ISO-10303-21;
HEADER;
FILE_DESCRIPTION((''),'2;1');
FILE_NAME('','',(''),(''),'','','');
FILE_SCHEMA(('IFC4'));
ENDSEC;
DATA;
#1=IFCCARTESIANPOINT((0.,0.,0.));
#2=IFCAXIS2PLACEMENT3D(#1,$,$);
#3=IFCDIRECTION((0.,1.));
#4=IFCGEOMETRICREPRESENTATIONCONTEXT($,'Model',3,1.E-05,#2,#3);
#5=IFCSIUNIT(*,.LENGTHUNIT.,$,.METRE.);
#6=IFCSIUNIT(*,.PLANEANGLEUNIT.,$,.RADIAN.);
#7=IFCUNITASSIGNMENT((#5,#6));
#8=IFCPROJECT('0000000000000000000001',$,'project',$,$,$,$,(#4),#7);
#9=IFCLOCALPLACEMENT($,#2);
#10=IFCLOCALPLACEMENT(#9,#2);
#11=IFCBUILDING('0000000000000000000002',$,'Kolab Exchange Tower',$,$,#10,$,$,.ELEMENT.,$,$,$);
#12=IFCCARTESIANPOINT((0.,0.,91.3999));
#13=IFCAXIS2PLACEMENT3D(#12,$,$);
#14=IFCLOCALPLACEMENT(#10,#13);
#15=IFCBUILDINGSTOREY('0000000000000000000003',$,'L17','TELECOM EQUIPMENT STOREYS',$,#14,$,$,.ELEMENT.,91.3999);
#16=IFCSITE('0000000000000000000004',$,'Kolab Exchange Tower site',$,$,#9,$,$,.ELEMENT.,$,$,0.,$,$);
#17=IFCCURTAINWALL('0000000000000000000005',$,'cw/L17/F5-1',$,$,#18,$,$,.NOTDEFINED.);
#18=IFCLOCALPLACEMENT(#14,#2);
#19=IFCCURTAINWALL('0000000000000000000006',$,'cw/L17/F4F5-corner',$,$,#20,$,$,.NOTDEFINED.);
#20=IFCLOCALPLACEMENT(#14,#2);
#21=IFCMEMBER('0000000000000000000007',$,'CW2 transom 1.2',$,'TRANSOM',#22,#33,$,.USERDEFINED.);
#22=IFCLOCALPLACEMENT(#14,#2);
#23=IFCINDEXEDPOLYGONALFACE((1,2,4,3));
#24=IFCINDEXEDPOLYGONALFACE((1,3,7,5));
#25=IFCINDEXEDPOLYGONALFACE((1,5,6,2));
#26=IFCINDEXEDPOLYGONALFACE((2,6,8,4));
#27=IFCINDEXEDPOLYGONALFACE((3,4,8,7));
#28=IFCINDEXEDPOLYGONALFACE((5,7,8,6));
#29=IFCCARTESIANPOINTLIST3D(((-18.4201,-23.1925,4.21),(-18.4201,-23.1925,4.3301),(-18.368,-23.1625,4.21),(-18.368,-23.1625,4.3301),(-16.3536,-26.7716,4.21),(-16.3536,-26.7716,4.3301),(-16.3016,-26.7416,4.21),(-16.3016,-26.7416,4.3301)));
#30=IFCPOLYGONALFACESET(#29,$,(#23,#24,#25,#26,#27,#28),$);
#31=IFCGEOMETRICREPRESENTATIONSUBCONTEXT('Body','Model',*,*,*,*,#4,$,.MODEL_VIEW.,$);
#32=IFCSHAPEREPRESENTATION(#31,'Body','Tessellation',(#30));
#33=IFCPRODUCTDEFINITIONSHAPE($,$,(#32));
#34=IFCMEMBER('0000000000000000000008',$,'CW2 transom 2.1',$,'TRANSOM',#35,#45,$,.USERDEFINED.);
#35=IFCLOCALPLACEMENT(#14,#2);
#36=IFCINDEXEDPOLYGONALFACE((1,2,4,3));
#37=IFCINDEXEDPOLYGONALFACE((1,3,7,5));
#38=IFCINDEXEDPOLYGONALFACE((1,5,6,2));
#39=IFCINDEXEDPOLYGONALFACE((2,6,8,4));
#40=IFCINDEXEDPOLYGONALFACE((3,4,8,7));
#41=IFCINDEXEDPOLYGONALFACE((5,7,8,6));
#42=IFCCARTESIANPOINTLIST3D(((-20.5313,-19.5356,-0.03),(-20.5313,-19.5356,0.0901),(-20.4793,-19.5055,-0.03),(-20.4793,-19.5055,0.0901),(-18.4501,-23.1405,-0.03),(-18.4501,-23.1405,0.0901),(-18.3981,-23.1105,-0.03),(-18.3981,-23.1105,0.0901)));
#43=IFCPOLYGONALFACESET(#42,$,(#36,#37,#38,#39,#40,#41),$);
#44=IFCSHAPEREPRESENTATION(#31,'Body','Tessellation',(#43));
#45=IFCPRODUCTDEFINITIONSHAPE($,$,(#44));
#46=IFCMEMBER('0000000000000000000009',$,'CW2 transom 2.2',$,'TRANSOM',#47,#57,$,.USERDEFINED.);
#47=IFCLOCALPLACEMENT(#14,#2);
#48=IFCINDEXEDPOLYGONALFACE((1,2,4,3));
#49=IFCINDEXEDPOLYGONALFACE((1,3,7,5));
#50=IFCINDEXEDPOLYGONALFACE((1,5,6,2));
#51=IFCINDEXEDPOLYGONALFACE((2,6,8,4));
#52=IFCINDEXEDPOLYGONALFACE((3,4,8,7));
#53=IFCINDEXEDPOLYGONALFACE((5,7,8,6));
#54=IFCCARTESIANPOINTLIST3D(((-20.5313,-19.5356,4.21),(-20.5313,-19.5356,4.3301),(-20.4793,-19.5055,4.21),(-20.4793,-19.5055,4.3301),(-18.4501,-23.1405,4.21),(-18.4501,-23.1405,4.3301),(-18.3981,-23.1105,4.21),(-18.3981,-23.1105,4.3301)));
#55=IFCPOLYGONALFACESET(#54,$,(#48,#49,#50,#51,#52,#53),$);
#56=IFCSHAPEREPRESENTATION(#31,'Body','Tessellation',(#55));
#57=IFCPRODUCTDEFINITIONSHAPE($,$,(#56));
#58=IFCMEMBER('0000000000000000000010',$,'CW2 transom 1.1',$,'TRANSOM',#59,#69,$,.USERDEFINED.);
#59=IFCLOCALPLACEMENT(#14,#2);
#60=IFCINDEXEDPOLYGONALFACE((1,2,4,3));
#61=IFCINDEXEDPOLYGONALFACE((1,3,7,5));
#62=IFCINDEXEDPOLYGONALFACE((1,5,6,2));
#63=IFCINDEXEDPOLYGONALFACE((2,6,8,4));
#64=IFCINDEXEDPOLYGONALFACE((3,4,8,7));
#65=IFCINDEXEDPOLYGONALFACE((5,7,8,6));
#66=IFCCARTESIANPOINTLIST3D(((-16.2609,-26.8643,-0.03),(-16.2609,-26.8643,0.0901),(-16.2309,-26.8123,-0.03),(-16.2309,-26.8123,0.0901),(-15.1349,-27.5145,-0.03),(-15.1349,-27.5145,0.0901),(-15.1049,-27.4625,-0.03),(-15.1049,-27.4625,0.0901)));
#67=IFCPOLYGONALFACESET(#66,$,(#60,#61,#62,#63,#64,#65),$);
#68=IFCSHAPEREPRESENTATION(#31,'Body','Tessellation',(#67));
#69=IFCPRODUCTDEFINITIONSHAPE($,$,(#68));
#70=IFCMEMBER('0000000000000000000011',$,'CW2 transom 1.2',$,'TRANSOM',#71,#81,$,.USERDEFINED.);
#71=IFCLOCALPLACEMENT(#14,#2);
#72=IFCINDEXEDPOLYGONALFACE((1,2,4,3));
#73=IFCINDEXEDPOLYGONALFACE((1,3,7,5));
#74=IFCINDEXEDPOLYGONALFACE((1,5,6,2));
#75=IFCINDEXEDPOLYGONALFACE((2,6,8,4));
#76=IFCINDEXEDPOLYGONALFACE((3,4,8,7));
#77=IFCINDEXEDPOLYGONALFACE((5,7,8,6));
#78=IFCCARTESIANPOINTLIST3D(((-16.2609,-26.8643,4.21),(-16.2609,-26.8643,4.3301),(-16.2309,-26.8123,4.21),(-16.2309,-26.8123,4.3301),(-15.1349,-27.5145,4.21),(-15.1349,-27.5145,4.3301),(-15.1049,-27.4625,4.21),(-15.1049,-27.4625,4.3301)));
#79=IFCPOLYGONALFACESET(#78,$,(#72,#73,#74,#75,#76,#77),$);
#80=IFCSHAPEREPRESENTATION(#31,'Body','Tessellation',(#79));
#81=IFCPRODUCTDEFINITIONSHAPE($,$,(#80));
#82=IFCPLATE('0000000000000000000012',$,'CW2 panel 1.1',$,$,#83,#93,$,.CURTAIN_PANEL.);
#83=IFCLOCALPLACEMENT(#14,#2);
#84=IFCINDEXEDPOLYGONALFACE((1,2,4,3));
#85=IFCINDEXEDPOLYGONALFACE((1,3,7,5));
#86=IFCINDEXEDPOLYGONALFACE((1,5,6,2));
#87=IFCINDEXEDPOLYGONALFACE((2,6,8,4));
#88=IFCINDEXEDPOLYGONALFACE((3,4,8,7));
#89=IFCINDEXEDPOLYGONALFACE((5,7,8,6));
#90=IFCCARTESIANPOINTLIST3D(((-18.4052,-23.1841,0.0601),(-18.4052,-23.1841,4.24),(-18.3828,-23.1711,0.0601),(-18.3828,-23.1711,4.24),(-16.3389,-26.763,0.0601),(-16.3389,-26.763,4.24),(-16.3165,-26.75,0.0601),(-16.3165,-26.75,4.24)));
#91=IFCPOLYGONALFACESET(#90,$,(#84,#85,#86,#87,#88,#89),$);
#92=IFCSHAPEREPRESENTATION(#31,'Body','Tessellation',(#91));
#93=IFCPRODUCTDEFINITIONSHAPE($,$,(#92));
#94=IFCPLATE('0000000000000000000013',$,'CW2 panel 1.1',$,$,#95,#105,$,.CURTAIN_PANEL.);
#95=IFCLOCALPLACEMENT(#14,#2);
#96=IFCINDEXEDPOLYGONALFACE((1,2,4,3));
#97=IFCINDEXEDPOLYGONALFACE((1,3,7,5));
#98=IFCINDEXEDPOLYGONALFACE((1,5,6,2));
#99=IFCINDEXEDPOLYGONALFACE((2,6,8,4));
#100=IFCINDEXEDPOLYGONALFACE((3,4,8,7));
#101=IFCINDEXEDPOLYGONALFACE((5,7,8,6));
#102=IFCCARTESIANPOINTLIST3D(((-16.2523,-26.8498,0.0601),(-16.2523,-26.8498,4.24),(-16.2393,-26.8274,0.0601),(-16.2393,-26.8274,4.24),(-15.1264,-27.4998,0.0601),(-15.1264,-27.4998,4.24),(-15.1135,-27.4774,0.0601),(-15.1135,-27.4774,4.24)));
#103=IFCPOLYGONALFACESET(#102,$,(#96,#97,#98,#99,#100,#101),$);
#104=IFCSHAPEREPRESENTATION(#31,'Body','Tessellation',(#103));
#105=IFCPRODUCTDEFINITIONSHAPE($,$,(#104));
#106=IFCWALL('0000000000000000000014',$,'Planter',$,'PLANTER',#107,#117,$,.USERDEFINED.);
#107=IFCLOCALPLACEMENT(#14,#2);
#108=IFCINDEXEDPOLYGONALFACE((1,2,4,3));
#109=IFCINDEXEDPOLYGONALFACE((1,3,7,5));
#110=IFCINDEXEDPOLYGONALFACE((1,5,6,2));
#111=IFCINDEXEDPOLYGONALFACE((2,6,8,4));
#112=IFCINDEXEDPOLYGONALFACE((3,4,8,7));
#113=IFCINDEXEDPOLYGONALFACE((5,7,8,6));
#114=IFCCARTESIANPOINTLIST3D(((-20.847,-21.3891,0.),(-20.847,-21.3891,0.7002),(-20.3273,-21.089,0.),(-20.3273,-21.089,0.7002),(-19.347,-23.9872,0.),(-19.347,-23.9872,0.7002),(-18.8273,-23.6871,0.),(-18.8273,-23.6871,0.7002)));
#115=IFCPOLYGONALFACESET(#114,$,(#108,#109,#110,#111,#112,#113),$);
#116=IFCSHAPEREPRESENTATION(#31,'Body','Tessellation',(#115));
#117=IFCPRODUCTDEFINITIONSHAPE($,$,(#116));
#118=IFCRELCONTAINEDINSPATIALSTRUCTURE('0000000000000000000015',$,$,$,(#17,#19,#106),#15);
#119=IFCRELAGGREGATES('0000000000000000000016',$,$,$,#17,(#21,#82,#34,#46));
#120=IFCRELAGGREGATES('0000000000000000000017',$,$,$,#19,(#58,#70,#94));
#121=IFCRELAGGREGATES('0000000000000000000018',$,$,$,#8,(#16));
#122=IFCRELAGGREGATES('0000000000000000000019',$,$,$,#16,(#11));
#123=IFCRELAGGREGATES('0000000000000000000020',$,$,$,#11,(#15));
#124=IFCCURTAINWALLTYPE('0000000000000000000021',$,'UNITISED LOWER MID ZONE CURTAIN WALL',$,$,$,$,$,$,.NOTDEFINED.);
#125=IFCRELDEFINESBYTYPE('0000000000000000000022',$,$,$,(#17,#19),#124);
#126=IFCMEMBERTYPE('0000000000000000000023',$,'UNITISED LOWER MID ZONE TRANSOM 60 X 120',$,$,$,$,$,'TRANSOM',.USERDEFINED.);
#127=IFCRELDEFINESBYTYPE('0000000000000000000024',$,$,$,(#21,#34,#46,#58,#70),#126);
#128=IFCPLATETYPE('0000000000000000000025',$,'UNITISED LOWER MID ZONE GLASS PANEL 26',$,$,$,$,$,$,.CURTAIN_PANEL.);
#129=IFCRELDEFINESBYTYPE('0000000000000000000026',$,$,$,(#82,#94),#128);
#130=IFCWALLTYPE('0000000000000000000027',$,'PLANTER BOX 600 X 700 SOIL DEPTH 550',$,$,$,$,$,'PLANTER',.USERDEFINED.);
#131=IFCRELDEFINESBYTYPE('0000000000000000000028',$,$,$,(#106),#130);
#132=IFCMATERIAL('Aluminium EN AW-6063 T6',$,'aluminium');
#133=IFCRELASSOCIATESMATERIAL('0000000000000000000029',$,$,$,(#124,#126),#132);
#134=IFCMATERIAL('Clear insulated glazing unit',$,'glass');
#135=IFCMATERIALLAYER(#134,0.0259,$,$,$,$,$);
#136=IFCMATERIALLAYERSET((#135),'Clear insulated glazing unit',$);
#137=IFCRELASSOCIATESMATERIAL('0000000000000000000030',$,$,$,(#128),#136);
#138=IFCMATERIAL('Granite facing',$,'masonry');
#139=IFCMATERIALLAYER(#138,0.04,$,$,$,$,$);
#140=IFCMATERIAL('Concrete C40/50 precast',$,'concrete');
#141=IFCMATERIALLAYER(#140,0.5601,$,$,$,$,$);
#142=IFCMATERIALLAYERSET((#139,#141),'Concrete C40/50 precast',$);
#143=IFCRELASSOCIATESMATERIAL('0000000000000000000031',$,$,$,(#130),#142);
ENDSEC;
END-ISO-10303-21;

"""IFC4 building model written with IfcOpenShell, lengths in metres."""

from ifc_helpers import new_model, si_unit, direction, frame, frame_2d, origin, origin_2d, place, context, subcontext, project, spatial, rectangle, extrude, material, layer, layer_set, material_profile, profile_set, type_object, element, aggregate, save


model = new_model("IFC4")

# Units and contexts
model_context = context("Model", 3, precision=1e-05, world=origin(), true_north=direction((0.0, 1.0)))
body_context = subcontext(model_context, "Body", "Model", "MODEL_VIEW")
ifc_project = project(units=[si_unit("LENGTHUNIT", "METRE"), si_unit("PLANEANGLEUNIT", "RADIAN")], contexts=[model_context])

# Site, building, storey
site_placement = place(None, origin())
site = spatial("IfcSite", under=ifc_project, at=site_placement, Name="Kolab Exchange Tower site", CompositionType="ELEMENT", RefElevation=0.0)
building_placement = place(site_placement, origin())
building = spatial("IfcBuilding", under=site, at=building_placement, Name="Kolab Exchange Tower", CompositionType="ELEMENT")
storey_placement = place(building_placement, frame((0.0, 0.0, 91.3999)))
storey = spatial("IfcBuildingStorey", under=building, at=storey_placement, Name="L17", Description="TELECOM EQUIPMENT STOREYS", CompositionType="ELEMENT", Elevation=91.3999)

# Curtain walls
ifc_material_1 = material(Name="Aluminium EN AW-6063 T6", Category="aluminium")
curtain_wall_type = type_object("IfcCurtainWallType", Name="UNITISED LOWER MID ZONE CURTAIN WALL", PredefinedType="NOTDEFINED", material=ifc_material_1)
curtain_wall_1_placement = place(storey_placement, origin())
curtain_wall_1 = element("IfcCurtainWall", 1, at=curtain_wall_1_placement, inside=storey, type_object=curtain_wall_type, Name="cw/L17/F5-1", PredefinedType="NOTDEFINED")
curtain_wall_2_placement = place(storey_placement, origin())
curtain_wall_2 = element("IfcCurtainWall", 2, at=curtain_wall_2_placement, inside=storey, type_object=curtain_wall_type, Name="cw/L17/F4F5-corner", PredefinedType="NOTDEFINED")

# Members
ifc_material_profile_1 = material_profile(ifc_material_1, rectangle(XDim=0.0601, YDim=0.1201, at=origin_2d()), Name="RECT 60X120")
ifc_profile_set_1 = profile_set([ifc_material_profile_1], Name="Aluminium EN AW-6063 T6")
member_type_1 = type_object("IfcMemberType", Name="UNITISED LOWER MID ZONE TRANSOM 60 X 120", ElementType="TRANSOM", PredefinedType="USERDEFINED", material=ifc_profile_set_1)
member_1_placement = place(storey_placement, frame((-16.3276, -26.7566, 4.27), z_axis=(-0.500002, 0.866024, 0.0), x_axis=(-0.866024, -0.500002, 0.0)))
member_1 = element("IfcMember", 3, at=member_1_placement, type_object=member_type_1, Name="CW2 transom 1.2", ObjectType="TRANSOM", PredefinedType="USERDEFINED", context=body_context, shape_type="SweptSolid", body=[
    extrude(rectangle(XDim=0.0601, YDim=0.1201, at=origin_2d()), origin(), (0.0, 0.0, 1.0), 4.1328),
])
member_2_placement = place(storey_placement, frame((-18.4241, -23.1255, 0.03), z_axis=(-0.499993, 0.866029, 0.0), x_axis=(-0.866029, -0.499993, 0.0)))
member_2 = element("IfcMember", 4, at=member_2_placement, type_object=member_type_1, Name="CW2 transom 2.1", ObjectType="TRANSOM", PredefinedType="USERDEFINED", context=body_context, shape_type="SweptSolid", body=[
    extrude(rectangle(XDim=0.0601, YDim=0.1201, at=origin_2d()), origin(), (0.0, 0.0, 1.0), 4.1626),
])
member_3_placement = place(storey_placement, frame((-18.4241, -23.1255, 4.27), z_axis=(-0.499993, 0.866029, 0.0), x_axis=(-0.866029, -0.499993, 0.0)))
member_3 = element("IfcMember", 5, at=member_3_placement, type_object=member_type_1, Name="CW2 transom 2.2", ObjectType="TRANSOM", PredefinedType="USERDEFINED", context=body_context, shape_type="SweptSolid", body=[
    extrude(rectangle(XDim=0.0601, YDim=0.1201, at=origin_2d()), origin(), (0.0, 0.0, 1.0), 4.1626),
])
member_4_placement = place(storey_placement, frame((-15.1199, -27.4885, 0.03), z_axis=(-0.866004, 0.500037, 0.0), x_axis=(-0.500037, -0.866004, 0.0)))
member_4 = element("IfcMember", 6, at=member_4_placement, type_object=member_type_1, Name="CW2 transom 1.1", ObjectType="TRANSOM", PredefinedType="USERDEFINED", context=body_context, shape_type="SweptSolid", body=[
    extrude(rectangle(XDim=0.0601, YDim=0.1201, at=origin_2d()), origin(), (0.0, 0.0, 1.0), 1.3003),
])
member_5_placement = place(storey_placement, frame((-15.1199, -27.4885, 4.27), z_axis=(-0.866004, 0.500037, 0.0), x_axis=(-0.500037, -0.866004, 0.0)))
member_5 = element("IfcMember", 7, at=member_5_placement, type_object=member_type_1, Name="CW2 transom 1.2", ObjectType="TRANSOM", PredefinedType="USERDEFINED", context=body_context, shape_type="SweptSolid", body=[
    extrude(rectangle(XDim=0.0601, YDim=0.1201, at=origin_2d()), origin(), (0.0, 0.0, 1.0), 1.3003),
])

# Plates
ifc_material_2 = material(Name="Clear insulated glazing unit", Category="glass")
ifc_layer_1 = layer(ifc_material_2, 0.0259)
ifc_layer_set_1 = layer_set([ifc_layer_1], Name="Clear insulated glazing unit")
plate_type = type_object("IfcPlateType", Name="UNITISED LOWER MID ZONE GLASS PANEL 26", PredefinedType="CURTAIN_PANEL", material=ifc_layer_set_1)
plate_1_placement = place(storey_placement, frame((-17.3608, -24.967, 0.0601), z_axis=(0.0, 0.0, 1.0), x_axis=(-0.5, 0.866025, 0.0)))
plate_1 = element("IfcPlate", 8, at=plate_1_placement, type_object=plate_type, Name="CW2 panel 1.1", PredefinedType="CURTAIN_PANEL", context=body_context, shape_type="SweptSolid", body=[
    extrude(rectangle(XDim=4.1326, YDim=0.0259, at=origin_2d()), origin(), (0.0, 0.0, 1.0), 4.1799),
])
aggregate(curtain_wall_1, [member_1, plate_1, member_2, member_3])
plate_2_placement = place(storey_placement, frame((-15.6829, -27.1636, 0.0601), z_axis=(0.0, 0.0, 1.0), x_axis=(-0.866025, 0.5, 0.0)))
plate_2 = element("IfcPlate", 9, at=plate_2_placement, type_object=plate_type, Name="CW2 panel 1.1", PredefinedType="CURTAIN_PANEL", context=body_context, shape_type="SweptSolid", body=[
    extrude(rectangle(XDim=1.3, YDim=0.0259, at=origin_2d()), origin(), (0.0, 0.0, 1.0), 4.1799),
])
aggregate(curtain_wall_2, [member_4, member_5, plate_2])

# Wall
ifc_material_3 = material(Name="Granite facing", Category="masonry")
ifc_layer_2 = layer(ifc_material_3, 0.04)
ifc_material_4 = material(Name="Concrete C40/50 precast", Category="concrete")
ifc_layer_3 = layer(ifc_material_4, 0.5601)
ifc_layer_set_2 = layer_set([ifc_layer_2, ifc_layer_3], Name="Concrete C40/50 precast")
wall_type = type_object("IfcWallType", Name="PLANTER BOX 600 X 700 SOIL DEPTH 550", ElementType="PLANTER", PredefinedType="USERDEFINED", material=ifc_layer_set_2)
wall_placement = place(storey_placement, frame((-19.0872, -23.8372, 0.0), z_axis=(0.0, 0.0, 1.0), x_axis=(-0.49999, 0.866031, 0.0)))
element("IfcWall", 10, at=wall_placement, inside=storey, type_object=wall_type, Name="Planter", ObjectType="PLANTER", PredefinedType="USERDEFINED", context=body_context, shape_type="SweptSolid", body=[
    extrude(rectangle(XDim=3.0, YDim=0.6001, at=frame_2d((1.5, 0.0))), origin(), (0.0, 0.0, 1.0), 0.7002),
])

save(model, "model.ifc")
